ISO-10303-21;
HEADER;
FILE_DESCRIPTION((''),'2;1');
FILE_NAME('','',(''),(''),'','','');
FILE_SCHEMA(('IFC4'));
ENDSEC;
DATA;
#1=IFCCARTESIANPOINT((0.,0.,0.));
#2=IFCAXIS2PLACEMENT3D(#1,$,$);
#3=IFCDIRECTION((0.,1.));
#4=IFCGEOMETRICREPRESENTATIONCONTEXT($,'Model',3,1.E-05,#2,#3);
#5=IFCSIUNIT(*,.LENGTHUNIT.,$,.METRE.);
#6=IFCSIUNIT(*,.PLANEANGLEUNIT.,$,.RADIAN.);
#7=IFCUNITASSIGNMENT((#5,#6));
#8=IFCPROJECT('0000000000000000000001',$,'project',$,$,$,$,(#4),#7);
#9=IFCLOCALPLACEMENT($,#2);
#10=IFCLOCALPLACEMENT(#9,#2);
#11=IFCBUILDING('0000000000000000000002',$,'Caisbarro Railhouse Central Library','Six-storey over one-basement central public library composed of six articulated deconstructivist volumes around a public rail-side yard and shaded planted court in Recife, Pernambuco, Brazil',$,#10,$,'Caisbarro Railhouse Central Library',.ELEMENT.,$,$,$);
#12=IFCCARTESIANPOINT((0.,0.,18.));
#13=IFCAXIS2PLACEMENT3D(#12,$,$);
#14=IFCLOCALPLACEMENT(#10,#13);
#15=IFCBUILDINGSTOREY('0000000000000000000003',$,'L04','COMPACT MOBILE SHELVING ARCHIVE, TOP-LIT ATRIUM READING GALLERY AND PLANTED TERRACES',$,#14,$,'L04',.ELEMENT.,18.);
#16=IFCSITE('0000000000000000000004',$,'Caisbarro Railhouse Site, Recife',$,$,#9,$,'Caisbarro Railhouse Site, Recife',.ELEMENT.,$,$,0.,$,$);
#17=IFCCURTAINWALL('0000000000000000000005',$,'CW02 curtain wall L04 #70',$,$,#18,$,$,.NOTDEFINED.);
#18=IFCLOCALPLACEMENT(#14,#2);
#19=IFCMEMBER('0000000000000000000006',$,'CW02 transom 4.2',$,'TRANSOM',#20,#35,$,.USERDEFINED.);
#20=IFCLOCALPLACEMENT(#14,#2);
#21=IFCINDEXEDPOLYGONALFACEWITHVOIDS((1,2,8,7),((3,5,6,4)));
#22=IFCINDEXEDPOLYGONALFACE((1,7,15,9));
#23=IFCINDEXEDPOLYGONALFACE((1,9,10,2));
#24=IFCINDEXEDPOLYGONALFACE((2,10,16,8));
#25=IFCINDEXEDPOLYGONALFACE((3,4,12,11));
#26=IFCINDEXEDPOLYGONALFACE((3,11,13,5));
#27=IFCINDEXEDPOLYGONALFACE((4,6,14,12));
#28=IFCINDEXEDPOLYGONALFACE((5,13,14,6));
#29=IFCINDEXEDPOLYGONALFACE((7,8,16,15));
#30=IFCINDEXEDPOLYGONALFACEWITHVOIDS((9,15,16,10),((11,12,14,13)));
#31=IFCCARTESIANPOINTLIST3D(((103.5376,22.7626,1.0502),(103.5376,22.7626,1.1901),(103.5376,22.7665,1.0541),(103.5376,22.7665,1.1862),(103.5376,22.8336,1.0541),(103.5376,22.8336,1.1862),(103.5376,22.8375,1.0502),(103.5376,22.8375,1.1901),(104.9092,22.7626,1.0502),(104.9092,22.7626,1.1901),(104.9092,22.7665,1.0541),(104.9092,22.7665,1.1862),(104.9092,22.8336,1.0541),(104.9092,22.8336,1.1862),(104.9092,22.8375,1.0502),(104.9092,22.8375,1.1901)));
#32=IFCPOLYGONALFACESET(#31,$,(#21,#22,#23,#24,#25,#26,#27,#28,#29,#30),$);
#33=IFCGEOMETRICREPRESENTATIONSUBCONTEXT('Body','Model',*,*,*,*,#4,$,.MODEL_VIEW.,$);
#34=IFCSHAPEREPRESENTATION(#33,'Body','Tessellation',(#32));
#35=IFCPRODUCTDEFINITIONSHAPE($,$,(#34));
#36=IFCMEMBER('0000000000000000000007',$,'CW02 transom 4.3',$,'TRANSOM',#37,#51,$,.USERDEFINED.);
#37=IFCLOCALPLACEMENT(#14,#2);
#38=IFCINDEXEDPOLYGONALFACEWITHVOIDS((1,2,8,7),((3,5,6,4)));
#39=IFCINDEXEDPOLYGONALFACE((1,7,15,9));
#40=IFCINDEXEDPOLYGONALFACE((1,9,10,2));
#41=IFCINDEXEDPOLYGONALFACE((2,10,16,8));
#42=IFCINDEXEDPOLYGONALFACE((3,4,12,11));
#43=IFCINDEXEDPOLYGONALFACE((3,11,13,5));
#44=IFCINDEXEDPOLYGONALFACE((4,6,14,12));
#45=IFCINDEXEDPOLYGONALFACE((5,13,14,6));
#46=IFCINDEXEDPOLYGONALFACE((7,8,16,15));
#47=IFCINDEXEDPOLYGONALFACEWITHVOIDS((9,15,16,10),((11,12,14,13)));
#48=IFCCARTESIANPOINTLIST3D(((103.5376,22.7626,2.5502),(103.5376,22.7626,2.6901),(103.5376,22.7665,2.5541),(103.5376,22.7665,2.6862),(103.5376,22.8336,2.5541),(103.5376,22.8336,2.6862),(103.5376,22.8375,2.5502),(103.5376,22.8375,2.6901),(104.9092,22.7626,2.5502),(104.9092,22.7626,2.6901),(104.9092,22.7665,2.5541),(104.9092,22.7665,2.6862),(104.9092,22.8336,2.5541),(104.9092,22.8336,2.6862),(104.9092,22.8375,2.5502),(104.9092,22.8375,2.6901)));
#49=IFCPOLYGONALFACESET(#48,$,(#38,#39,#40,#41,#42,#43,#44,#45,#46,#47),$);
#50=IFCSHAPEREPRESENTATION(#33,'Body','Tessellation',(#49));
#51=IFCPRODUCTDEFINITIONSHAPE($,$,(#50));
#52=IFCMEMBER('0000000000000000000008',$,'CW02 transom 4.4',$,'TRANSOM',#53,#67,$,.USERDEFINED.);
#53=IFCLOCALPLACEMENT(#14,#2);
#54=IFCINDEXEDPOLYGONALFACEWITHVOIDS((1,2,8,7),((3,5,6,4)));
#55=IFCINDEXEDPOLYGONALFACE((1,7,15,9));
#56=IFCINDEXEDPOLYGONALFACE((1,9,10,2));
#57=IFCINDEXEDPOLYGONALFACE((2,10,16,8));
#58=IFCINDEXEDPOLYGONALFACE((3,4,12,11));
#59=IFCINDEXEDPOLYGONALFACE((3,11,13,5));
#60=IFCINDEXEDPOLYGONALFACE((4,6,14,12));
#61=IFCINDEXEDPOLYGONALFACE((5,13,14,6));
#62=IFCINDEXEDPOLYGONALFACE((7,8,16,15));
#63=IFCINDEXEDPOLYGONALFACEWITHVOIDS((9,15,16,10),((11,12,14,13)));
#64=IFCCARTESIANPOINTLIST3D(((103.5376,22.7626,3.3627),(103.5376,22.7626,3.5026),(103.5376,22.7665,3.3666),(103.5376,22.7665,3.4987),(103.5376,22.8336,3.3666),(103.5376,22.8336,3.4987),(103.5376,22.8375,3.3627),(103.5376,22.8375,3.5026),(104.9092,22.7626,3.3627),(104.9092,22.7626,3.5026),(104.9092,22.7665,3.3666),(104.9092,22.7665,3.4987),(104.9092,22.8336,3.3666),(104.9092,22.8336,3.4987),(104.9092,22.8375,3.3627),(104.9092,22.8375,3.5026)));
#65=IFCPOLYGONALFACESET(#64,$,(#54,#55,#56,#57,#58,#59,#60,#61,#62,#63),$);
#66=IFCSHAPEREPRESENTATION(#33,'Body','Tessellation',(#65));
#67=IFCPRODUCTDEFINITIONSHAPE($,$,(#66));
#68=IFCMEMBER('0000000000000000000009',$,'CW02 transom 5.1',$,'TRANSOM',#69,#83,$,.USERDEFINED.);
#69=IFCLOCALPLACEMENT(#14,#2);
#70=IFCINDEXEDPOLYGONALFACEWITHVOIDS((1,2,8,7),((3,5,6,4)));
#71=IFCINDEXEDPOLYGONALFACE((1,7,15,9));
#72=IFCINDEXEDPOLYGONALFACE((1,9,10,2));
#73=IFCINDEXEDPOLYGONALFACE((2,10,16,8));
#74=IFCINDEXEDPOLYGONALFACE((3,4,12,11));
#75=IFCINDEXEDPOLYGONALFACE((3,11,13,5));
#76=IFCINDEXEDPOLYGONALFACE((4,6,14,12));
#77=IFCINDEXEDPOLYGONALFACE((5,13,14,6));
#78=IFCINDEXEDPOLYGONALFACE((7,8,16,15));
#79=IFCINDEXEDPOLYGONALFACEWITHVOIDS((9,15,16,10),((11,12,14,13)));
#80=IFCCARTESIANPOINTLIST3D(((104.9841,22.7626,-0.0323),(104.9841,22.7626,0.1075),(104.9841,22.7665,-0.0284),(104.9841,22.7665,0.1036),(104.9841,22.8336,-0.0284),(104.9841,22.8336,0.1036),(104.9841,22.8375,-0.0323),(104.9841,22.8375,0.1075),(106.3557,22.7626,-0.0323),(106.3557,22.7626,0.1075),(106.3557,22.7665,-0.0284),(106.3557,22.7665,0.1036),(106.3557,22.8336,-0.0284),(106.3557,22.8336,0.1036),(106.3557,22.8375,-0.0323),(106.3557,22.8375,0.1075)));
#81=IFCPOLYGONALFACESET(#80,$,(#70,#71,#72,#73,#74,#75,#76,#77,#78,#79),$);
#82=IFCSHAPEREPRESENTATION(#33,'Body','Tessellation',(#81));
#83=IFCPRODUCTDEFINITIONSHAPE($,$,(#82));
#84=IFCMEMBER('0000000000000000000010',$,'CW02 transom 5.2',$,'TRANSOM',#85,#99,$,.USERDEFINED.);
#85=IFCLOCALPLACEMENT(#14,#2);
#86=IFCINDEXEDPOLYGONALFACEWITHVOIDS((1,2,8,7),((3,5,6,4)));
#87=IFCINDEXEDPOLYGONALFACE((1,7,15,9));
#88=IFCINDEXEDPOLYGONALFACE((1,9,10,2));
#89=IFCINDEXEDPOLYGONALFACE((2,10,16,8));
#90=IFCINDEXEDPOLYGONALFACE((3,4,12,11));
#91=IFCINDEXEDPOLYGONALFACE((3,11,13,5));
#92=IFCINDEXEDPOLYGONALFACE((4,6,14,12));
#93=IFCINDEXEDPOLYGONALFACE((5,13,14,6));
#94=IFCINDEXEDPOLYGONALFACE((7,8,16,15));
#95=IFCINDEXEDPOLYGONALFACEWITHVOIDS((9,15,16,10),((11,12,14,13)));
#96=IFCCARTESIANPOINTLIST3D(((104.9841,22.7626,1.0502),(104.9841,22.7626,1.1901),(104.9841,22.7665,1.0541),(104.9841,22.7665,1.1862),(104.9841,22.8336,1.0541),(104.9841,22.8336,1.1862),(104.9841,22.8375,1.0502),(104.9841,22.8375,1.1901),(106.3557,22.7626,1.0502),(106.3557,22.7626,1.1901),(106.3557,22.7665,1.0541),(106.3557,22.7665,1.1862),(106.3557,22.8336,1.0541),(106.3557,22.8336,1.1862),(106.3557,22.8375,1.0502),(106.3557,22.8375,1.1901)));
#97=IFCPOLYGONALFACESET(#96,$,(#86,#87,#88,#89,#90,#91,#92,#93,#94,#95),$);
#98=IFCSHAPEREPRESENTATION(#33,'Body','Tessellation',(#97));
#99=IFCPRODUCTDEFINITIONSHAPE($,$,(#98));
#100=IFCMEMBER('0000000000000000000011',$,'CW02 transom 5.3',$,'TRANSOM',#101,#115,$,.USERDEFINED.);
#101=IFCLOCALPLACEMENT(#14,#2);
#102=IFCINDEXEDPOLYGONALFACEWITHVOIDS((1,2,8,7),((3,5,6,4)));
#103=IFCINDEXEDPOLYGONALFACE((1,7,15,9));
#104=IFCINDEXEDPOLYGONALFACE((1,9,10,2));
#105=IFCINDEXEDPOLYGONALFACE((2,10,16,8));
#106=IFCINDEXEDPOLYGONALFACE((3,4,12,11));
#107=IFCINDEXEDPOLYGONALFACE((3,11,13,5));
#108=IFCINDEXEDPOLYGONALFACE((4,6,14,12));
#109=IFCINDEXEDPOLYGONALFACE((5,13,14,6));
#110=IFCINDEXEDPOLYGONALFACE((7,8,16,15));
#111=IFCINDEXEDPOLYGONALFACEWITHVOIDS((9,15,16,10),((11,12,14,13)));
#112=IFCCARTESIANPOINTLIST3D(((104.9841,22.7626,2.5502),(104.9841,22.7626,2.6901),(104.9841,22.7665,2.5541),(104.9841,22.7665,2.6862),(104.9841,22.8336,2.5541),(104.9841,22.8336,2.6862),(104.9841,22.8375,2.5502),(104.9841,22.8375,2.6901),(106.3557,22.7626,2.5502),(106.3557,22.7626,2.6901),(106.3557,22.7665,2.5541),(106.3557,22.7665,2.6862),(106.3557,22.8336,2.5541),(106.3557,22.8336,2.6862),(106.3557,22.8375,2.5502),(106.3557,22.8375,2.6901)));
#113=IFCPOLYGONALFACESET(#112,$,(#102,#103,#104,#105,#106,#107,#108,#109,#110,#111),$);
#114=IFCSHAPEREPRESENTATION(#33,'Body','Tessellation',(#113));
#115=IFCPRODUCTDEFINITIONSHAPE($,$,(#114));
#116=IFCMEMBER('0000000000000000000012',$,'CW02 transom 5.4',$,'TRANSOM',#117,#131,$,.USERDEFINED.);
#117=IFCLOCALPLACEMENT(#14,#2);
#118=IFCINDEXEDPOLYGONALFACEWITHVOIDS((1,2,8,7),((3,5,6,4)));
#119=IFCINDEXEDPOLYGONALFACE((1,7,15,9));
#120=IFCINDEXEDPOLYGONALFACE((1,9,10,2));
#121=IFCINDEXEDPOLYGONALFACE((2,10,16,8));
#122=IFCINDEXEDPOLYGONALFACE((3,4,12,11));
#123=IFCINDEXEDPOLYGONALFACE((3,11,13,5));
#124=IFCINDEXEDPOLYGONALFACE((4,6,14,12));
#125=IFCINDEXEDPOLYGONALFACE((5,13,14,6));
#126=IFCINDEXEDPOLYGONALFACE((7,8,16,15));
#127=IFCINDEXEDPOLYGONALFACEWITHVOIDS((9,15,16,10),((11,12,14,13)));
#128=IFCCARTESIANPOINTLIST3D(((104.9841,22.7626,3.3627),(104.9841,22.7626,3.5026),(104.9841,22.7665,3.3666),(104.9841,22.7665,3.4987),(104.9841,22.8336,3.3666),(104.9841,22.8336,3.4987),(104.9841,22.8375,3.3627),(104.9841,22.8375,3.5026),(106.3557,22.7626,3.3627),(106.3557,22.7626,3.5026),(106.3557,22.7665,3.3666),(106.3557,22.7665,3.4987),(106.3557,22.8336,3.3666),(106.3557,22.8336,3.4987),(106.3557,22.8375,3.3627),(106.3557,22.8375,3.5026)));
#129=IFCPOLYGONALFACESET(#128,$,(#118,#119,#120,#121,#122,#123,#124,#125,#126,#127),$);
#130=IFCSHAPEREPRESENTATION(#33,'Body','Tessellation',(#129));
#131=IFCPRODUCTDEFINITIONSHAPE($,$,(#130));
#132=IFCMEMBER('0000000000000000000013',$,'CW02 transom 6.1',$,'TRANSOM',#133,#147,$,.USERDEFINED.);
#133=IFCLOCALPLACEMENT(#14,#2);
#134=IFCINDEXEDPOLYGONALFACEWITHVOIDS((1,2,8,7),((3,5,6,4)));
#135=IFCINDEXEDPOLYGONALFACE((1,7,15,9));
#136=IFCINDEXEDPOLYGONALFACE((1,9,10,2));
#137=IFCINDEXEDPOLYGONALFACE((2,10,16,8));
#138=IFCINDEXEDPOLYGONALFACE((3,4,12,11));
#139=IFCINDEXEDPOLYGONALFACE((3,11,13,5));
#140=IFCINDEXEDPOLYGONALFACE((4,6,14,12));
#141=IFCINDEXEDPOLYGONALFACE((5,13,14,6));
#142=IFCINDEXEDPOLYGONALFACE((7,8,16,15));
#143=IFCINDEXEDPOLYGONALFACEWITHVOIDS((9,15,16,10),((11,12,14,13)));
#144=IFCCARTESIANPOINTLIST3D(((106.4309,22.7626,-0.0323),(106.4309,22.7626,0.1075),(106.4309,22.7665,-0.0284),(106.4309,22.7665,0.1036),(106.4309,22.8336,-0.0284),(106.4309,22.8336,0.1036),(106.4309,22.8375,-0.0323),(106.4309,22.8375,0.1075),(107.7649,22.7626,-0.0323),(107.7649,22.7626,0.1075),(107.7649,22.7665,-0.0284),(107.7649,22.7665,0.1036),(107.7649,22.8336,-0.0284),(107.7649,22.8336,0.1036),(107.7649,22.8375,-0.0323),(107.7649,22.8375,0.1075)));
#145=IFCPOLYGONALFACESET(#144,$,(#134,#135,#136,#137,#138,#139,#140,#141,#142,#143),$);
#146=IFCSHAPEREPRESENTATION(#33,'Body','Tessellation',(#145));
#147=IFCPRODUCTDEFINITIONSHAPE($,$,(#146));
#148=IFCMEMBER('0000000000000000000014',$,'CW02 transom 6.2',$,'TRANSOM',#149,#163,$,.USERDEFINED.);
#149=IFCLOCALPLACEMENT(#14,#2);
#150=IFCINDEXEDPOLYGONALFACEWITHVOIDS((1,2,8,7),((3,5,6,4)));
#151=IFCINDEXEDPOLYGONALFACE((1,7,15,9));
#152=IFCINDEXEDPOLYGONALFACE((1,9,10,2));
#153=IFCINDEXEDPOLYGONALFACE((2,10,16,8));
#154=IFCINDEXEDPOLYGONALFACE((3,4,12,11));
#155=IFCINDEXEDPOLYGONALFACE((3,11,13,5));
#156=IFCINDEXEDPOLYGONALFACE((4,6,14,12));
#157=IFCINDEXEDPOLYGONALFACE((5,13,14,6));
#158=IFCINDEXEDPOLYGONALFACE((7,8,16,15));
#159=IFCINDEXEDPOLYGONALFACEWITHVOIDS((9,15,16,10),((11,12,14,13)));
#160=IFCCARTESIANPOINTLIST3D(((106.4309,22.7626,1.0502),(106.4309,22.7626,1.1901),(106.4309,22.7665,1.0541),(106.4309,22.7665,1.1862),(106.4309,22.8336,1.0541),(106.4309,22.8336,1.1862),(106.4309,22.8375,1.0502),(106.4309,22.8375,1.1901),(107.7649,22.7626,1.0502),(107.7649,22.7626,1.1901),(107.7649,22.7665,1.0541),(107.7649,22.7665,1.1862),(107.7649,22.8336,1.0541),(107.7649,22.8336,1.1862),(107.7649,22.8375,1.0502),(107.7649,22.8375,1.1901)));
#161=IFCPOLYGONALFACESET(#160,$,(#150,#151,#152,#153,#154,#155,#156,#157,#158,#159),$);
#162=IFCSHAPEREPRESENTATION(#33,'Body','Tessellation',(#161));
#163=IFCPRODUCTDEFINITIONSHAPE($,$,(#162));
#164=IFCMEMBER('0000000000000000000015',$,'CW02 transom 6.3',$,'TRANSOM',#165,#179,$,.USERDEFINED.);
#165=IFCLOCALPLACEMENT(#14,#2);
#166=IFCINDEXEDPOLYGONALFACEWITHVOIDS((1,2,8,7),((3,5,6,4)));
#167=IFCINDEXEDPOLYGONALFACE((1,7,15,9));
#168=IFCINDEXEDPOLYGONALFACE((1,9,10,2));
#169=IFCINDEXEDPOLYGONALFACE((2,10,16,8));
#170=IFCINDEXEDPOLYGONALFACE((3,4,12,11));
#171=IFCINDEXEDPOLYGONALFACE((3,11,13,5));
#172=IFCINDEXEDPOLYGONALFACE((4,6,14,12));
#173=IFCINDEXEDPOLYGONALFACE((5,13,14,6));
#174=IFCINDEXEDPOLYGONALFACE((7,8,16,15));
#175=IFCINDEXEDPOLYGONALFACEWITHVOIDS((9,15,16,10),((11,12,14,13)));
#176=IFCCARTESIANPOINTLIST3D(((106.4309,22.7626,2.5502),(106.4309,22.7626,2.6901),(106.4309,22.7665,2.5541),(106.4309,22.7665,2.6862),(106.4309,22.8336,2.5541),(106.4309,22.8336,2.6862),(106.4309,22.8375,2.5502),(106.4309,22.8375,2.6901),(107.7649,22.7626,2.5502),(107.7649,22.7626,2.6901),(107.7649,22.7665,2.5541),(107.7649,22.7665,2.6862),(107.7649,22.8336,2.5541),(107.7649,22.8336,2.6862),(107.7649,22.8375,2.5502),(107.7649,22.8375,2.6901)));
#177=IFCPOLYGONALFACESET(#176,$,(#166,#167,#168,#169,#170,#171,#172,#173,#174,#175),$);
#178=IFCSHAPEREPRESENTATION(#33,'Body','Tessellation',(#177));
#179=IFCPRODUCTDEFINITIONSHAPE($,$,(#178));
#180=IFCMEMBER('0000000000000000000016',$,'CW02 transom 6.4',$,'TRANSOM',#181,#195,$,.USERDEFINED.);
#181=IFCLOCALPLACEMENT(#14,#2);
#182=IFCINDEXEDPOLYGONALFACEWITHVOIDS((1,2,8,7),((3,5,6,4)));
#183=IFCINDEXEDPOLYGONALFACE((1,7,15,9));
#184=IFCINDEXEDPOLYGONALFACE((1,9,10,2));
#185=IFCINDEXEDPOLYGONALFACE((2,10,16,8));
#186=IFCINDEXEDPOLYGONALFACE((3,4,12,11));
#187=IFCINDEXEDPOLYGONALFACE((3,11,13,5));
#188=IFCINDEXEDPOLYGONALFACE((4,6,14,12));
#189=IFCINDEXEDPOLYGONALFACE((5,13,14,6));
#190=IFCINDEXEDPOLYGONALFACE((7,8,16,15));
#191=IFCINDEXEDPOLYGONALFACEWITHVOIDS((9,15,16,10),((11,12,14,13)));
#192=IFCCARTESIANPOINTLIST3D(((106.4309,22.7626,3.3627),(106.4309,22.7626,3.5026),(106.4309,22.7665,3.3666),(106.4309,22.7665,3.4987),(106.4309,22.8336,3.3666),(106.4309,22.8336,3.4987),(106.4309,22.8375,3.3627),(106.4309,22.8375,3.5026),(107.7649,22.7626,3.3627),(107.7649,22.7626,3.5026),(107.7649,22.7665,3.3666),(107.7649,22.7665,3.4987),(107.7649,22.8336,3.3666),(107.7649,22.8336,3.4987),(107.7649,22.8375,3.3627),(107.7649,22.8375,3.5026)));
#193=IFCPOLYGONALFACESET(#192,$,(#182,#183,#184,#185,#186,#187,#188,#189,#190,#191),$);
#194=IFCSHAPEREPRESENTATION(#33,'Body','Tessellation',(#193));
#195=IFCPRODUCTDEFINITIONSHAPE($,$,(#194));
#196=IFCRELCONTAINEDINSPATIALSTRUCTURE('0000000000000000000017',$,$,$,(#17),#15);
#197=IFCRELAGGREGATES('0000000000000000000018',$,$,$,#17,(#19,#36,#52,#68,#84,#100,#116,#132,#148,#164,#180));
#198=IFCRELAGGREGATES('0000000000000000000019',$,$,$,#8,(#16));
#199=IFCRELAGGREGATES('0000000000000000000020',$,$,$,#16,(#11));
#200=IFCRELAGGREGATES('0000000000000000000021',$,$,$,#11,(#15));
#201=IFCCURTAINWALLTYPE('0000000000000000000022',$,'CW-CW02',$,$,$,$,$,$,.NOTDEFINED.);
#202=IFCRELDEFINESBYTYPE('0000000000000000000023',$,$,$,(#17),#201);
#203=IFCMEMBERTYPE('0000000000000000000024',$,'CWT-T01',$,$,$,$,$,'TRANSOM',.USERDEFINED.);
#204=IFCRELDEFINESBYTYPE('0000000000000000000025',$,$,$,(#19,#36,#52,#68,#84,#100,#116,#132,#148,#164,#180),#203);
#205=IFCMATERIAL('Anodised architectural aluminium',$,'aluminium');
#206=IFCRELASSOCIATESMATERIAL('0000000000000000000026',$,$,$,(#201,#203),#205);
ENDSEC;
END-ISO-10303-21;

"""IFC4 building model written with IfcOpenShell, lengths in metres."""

from ifc_helpers import new_model, si_unit, direction, frame, origin, origin_2d, place, context, subcontext, project, spatial, hollow_rectangle, extrude, material, material_profile, profile_set, type_object, element, aggregate, save


model = new_model("IFC4")

# Units and contexts
model_context = context("Model", 3, precision=1e-05, world=origin(), true_north=direction((0.0, 1.0)))
body_context = subcontext(model_context, "Body", "Model", "MODEL_VIEW")
ifc_project = project(units=[si_unit("LENGTHUNIT", "METRE"), si_unit("PLANEANGLEUNIT", "RADIAN")], contexts=[model_context])

# Site, building, storey
site_placement = place(None, origin())
site = spatial("IfcSite", under=ifc_project, at=site_placement, Name="Caisbarro Railhouse Site, Recife", LongName="Caisbarro Railhouse Site, Recife", CompositionType="ELEMENT", RefElevation=0.0)
building_placement = place(site_placement, origin())
building = spatial("IfcBuilding", under=site, at=building_placement, Name="Caisbarro Railhouse Central Library", Description="Six-storey over one-basement central public library composed of six articulated deconstructivist volumes around a public rail-side yard and shaded planted court in Recife, Pernambuco, Brazil", LongName="Caisbarro Railhouse Central Library", CompositionType="ELEMENT")
storey_placement = place(building_placement, frame((0.0, 0.0, 18.0)))
storey = spatial("IfcBuildingStorey", under=building, at=storey_placement, Name="L04", Description="COMPACT MOBILE SHELVING ARCHIVE, TOP-LIT ATRIUM READING GALLERY AND PLANTED TERRACES", LongName="L04", CompositionType="ELEMENT", Elevation=18.0)

# Curtain wall
ifc_material_1 = material(Name="Anodised architectural aluminium", Category="aluminium")
curtain_wall_type = type_object("IfcCurtainWallType", Name="CW-CW02", PredefinedType="NOTDEFINED", material=ifc_material_1)
curtain_wall_1_placement = place(storey_placement, origin())
curtain_wall_1 = element("IfcCurtainWall", 1, at=curtain_wall_1_placement, inside=storey, type_object=curtain_wall_type, Name="CW02 curtain wall L04 #70", PredefinedType="NOTDEFINED")

# Members
ifc_material_profile_1 = material_profile(ifc_material_1, hollow_rectangle(XDim=0.075, YDim=0.1399, WallThickness=0.0039, at=origin_2d()), Name="ALU-TRN-75X140")
ifc_profile_set_1 = profile_set([ifc_material_profile_1], Name="Anodised architectural aluminium")
member_type_1 = type_object("IfcMemberType", Name="CWT-T01", ElementType="TRANSOM", PredefinedType="USERDEFINED", material=ifc_profile_set_1)
member_1_placement = place(storey_placement, frame((103.5376, 22.8, 1.1201), z_axis=(1.0, 0.0, 0.0), x_axis=(0.0, 1.0, 0.0)))
member_1 = element("IfcMember", 2, at=member_1_placement, type_object=member_type_1, Name="CW02 transom 4.2", ObjectType="TRANSOM", PredefinedType="USERDEFINED", context=body_context, shape_type="SweptSolid", body=[
    extrude(hollow_rectangle(XDim=0.075, YDim=0.1399, WallThickness=0.0039, at=origin_2d()), origin(), (0.0, 0.0, 1.0), 1.3716),
])
member_2_placement = place(storey_placement, frame((103.5376, 22.8, 2.6201), z_axis=(1.0, 0.0, 0.0), x_axis=(0.0, 1.0, 0.0)))
member_2 = element("IfcMember", 3, at=member_2_placement, type_object=member_type_1, Name="CW02 transom 4.3", ObjectType="TRANSOM", PredefinedType="USERDEFINED", context=body_context, shape_type="SweptSolid", body=[
    extrude(hollow_rectangle(XDim=0.075, YDim=0.1399, WallThickness=0.0039, at=origin_2d()), origin(), (0.0, 0.0, 1.0), 1.3716),
])
member_3_placement = place(storey_placement, frame((103.5376, 22.8, 3.4326), z_axis=(1.0, 0.0, 0.0), x_axis=(0.0, 1.0, 0.0)))
member_3 = element("IfcMember", 4, at=member_3_placement, type_object=member_type_1, Name="CW02 transom 4.4", ObjectType="TRANSOM", PredefinedType="USERDEFINED", context=body_context, shape_type="SweptSolid", body=[
    extrude(hollow_rectangle(XDim=0.075, YDim=0.1399, WallThickness=0.0039, at=origin_2d()), origin(), (0.0, 0.0, 1.0), 1.3716),
])
member_4_placement = place(storey_placement, frame((104.9841, 22.8, 0.0376), z_axis=(1.0, 0.0, 0.0), x_axis=(0.0, 1.0, 0.0)))
member_4 = element("IfcMember", 5, at=member_4_placement, type_object=member_type_1, Name="CW02 transom 5.1", ObjectType="TRANSOM", PredefinedType="USERDEFINED", context=body_context, shape_type="SweptSolid", body=[
    extrude(hollow_rectangle(XDim=0.075, YDim=0.1399, WallThickness=0.0039, at=origin_2d()), origin(), (0.0, 0.0, 1.0), 1.3716),
])
member_5_placement = place(storey_placement, frame((104.9841, 22.8, 1.1201), z_axis=(1.0, 0.0, 0.0), x_axis=(0.0, 1.0, 0.0)))
member_5 = element("IfcMember", 6, at=member_5_placement, type_object=member_type_1, Name="CW02 transom 5.2", ObjectType="TRANSOM", PredefinedType="USERDEFINED", context=body_context, shape_type="SweptSolid", body=[
    extrude(hollow_rectangle(XDim=0.075, YDim=0.1399, WallThickness=0.0039, at=origin_2d()), origin(), (0.0, 0.0, 1.0), 1.3716),
])
member_6_placement = place(storey_placement, frame((104.9841, 22.8, 2.6201), z_axis=(1.0, 0.0, 0.0), x_axis=(0.0, 1.0, 0.0)))
member_6 = element("IfcMember", 7, at=member_6_placement, type_object=member_type_1, Name="CW02 transom 5.3", ObjectType="TRANSOM", PredefinedType="USERDEFINED", context=body_context, shape_type="SweptSolid", body=[
    extrude(hollow_rectangle(XDim=0.075, YDim=0.1399, WallThickness=0.0039, at=origin_2d()), origin(), (0.0, 0.0, 1.0), 1.3716),
])
member_7_placement = place(storey_placement, frame((104.9841, 22.8, 3.4326), z_axis=(1.0, 0.0, 0.0), x_axis=(0.0, 1.0, 0.0)))
member_7 = element("IfcMember", 8, at=member_7_placement, type_object=member_type_1, Name="CW02 transom 5.4", ObjectType="TRANSOM", PredefinedType="USERDEFINED", context=body_context, shape_type="SweptSolid", body=[
    extrude(hollow_rectangle(XDim=0.075, YDim=0.1399, WallThickness=0.0039, at=origin_2d()), origin(), (0.0, 0.0, 1.0), 1.3716),
])
member_8_placement = place(storey_placement, frame((106.4309, 22.8, 0.0376), z_axis=(1.0, 0.0, 0.0), x_axis=(0.0, 1.0, 0.0)))
member_8 = element("IfcMember", 9, at=member_8_placement, type_object=member_type_1, Name="CW02 transom 6.1", ObjectType="TRANSOM", PredefinedType="USERDEFINED", context=body_context, shape_type="SweptSolid", body=[
    extrude(hollow_rectangle(XDim=0.075, YDim=0.1399, WallThickness=0.0039, at=origin_2d()), origin(), (0.0, 0.0, 1.0), 1.334),
])
member_9_placement = place(storey_placement, frame((106.4309, 22.8, 1.1201), z_axis=(1.0, 0.0, 0.0), x_axis=(0.0, 1.0, 0.0)))
member_9 = element("IfcMember", 10, at=member_9_placement, type_object=member_type_1, Name="CW02 transom 6.2", ObjectType="TRANSOM", PredefinedType="USERDEFINED", context=body_context, shape_type="SweptSolid", body=[
    extrude(hollow_rectangle(XDim=0.075, YDim=0.1399, WallThickness=0.0039, at=origin_2d()), origin(), (0.0, 0.0, 1.0), 1.334),
])
member_10_placement = place(storey_placement, frame((106.4309, 22.8, 2.6201), z_axis=(1.0, 0.0, 0.0), x_axis=(0.0, 1.0, 0.0)))
member_10 = element("IfcMember", 11, at=member_10_placement, type_object=member_type_1, Name="CW02 transom 6.3", ObjectType="TRANSOM", PredefinedType="USERDEFINED", context=body_context, shape_type="SweptSolid", body=[
    extrude(hollow_rectangle(XDim=0.075, YDim=0.1399, WallThickness=0.0039, at=origin_2d()), origin(), (0.0, 0.0, 1.0), 1.334),
])
member_11_placement = place(storey_placement, frame((106.4309, 22.8, 3.4326), z_axis=(1.0, 0.0, 0.0), x_axis=(0.0, 1.0, 0.0)))
member_11 = element("IfcMember", 12, at=member_11_placement, type_object=member_type_1, Name="CW02 transom 6.4", ObjectType="TRANSOM", PredefinedType="USERDEFINED", context=body_context, shape_type="SweptSolid", body=[
    extrude(hollow_rectangle(XDim=0.075, YDim=0.1399, WallThickness=0.0039, at=origin_2d()), origin(), (0.0, 0.0, 1.0), 1.334),
])

aggregate(curtain_wall_1, [member_1, member_2, member_3, member_4, member_5, member_6, member_7, member_8, member_9, member_10, member_11])

save(model, "model.ifc")
